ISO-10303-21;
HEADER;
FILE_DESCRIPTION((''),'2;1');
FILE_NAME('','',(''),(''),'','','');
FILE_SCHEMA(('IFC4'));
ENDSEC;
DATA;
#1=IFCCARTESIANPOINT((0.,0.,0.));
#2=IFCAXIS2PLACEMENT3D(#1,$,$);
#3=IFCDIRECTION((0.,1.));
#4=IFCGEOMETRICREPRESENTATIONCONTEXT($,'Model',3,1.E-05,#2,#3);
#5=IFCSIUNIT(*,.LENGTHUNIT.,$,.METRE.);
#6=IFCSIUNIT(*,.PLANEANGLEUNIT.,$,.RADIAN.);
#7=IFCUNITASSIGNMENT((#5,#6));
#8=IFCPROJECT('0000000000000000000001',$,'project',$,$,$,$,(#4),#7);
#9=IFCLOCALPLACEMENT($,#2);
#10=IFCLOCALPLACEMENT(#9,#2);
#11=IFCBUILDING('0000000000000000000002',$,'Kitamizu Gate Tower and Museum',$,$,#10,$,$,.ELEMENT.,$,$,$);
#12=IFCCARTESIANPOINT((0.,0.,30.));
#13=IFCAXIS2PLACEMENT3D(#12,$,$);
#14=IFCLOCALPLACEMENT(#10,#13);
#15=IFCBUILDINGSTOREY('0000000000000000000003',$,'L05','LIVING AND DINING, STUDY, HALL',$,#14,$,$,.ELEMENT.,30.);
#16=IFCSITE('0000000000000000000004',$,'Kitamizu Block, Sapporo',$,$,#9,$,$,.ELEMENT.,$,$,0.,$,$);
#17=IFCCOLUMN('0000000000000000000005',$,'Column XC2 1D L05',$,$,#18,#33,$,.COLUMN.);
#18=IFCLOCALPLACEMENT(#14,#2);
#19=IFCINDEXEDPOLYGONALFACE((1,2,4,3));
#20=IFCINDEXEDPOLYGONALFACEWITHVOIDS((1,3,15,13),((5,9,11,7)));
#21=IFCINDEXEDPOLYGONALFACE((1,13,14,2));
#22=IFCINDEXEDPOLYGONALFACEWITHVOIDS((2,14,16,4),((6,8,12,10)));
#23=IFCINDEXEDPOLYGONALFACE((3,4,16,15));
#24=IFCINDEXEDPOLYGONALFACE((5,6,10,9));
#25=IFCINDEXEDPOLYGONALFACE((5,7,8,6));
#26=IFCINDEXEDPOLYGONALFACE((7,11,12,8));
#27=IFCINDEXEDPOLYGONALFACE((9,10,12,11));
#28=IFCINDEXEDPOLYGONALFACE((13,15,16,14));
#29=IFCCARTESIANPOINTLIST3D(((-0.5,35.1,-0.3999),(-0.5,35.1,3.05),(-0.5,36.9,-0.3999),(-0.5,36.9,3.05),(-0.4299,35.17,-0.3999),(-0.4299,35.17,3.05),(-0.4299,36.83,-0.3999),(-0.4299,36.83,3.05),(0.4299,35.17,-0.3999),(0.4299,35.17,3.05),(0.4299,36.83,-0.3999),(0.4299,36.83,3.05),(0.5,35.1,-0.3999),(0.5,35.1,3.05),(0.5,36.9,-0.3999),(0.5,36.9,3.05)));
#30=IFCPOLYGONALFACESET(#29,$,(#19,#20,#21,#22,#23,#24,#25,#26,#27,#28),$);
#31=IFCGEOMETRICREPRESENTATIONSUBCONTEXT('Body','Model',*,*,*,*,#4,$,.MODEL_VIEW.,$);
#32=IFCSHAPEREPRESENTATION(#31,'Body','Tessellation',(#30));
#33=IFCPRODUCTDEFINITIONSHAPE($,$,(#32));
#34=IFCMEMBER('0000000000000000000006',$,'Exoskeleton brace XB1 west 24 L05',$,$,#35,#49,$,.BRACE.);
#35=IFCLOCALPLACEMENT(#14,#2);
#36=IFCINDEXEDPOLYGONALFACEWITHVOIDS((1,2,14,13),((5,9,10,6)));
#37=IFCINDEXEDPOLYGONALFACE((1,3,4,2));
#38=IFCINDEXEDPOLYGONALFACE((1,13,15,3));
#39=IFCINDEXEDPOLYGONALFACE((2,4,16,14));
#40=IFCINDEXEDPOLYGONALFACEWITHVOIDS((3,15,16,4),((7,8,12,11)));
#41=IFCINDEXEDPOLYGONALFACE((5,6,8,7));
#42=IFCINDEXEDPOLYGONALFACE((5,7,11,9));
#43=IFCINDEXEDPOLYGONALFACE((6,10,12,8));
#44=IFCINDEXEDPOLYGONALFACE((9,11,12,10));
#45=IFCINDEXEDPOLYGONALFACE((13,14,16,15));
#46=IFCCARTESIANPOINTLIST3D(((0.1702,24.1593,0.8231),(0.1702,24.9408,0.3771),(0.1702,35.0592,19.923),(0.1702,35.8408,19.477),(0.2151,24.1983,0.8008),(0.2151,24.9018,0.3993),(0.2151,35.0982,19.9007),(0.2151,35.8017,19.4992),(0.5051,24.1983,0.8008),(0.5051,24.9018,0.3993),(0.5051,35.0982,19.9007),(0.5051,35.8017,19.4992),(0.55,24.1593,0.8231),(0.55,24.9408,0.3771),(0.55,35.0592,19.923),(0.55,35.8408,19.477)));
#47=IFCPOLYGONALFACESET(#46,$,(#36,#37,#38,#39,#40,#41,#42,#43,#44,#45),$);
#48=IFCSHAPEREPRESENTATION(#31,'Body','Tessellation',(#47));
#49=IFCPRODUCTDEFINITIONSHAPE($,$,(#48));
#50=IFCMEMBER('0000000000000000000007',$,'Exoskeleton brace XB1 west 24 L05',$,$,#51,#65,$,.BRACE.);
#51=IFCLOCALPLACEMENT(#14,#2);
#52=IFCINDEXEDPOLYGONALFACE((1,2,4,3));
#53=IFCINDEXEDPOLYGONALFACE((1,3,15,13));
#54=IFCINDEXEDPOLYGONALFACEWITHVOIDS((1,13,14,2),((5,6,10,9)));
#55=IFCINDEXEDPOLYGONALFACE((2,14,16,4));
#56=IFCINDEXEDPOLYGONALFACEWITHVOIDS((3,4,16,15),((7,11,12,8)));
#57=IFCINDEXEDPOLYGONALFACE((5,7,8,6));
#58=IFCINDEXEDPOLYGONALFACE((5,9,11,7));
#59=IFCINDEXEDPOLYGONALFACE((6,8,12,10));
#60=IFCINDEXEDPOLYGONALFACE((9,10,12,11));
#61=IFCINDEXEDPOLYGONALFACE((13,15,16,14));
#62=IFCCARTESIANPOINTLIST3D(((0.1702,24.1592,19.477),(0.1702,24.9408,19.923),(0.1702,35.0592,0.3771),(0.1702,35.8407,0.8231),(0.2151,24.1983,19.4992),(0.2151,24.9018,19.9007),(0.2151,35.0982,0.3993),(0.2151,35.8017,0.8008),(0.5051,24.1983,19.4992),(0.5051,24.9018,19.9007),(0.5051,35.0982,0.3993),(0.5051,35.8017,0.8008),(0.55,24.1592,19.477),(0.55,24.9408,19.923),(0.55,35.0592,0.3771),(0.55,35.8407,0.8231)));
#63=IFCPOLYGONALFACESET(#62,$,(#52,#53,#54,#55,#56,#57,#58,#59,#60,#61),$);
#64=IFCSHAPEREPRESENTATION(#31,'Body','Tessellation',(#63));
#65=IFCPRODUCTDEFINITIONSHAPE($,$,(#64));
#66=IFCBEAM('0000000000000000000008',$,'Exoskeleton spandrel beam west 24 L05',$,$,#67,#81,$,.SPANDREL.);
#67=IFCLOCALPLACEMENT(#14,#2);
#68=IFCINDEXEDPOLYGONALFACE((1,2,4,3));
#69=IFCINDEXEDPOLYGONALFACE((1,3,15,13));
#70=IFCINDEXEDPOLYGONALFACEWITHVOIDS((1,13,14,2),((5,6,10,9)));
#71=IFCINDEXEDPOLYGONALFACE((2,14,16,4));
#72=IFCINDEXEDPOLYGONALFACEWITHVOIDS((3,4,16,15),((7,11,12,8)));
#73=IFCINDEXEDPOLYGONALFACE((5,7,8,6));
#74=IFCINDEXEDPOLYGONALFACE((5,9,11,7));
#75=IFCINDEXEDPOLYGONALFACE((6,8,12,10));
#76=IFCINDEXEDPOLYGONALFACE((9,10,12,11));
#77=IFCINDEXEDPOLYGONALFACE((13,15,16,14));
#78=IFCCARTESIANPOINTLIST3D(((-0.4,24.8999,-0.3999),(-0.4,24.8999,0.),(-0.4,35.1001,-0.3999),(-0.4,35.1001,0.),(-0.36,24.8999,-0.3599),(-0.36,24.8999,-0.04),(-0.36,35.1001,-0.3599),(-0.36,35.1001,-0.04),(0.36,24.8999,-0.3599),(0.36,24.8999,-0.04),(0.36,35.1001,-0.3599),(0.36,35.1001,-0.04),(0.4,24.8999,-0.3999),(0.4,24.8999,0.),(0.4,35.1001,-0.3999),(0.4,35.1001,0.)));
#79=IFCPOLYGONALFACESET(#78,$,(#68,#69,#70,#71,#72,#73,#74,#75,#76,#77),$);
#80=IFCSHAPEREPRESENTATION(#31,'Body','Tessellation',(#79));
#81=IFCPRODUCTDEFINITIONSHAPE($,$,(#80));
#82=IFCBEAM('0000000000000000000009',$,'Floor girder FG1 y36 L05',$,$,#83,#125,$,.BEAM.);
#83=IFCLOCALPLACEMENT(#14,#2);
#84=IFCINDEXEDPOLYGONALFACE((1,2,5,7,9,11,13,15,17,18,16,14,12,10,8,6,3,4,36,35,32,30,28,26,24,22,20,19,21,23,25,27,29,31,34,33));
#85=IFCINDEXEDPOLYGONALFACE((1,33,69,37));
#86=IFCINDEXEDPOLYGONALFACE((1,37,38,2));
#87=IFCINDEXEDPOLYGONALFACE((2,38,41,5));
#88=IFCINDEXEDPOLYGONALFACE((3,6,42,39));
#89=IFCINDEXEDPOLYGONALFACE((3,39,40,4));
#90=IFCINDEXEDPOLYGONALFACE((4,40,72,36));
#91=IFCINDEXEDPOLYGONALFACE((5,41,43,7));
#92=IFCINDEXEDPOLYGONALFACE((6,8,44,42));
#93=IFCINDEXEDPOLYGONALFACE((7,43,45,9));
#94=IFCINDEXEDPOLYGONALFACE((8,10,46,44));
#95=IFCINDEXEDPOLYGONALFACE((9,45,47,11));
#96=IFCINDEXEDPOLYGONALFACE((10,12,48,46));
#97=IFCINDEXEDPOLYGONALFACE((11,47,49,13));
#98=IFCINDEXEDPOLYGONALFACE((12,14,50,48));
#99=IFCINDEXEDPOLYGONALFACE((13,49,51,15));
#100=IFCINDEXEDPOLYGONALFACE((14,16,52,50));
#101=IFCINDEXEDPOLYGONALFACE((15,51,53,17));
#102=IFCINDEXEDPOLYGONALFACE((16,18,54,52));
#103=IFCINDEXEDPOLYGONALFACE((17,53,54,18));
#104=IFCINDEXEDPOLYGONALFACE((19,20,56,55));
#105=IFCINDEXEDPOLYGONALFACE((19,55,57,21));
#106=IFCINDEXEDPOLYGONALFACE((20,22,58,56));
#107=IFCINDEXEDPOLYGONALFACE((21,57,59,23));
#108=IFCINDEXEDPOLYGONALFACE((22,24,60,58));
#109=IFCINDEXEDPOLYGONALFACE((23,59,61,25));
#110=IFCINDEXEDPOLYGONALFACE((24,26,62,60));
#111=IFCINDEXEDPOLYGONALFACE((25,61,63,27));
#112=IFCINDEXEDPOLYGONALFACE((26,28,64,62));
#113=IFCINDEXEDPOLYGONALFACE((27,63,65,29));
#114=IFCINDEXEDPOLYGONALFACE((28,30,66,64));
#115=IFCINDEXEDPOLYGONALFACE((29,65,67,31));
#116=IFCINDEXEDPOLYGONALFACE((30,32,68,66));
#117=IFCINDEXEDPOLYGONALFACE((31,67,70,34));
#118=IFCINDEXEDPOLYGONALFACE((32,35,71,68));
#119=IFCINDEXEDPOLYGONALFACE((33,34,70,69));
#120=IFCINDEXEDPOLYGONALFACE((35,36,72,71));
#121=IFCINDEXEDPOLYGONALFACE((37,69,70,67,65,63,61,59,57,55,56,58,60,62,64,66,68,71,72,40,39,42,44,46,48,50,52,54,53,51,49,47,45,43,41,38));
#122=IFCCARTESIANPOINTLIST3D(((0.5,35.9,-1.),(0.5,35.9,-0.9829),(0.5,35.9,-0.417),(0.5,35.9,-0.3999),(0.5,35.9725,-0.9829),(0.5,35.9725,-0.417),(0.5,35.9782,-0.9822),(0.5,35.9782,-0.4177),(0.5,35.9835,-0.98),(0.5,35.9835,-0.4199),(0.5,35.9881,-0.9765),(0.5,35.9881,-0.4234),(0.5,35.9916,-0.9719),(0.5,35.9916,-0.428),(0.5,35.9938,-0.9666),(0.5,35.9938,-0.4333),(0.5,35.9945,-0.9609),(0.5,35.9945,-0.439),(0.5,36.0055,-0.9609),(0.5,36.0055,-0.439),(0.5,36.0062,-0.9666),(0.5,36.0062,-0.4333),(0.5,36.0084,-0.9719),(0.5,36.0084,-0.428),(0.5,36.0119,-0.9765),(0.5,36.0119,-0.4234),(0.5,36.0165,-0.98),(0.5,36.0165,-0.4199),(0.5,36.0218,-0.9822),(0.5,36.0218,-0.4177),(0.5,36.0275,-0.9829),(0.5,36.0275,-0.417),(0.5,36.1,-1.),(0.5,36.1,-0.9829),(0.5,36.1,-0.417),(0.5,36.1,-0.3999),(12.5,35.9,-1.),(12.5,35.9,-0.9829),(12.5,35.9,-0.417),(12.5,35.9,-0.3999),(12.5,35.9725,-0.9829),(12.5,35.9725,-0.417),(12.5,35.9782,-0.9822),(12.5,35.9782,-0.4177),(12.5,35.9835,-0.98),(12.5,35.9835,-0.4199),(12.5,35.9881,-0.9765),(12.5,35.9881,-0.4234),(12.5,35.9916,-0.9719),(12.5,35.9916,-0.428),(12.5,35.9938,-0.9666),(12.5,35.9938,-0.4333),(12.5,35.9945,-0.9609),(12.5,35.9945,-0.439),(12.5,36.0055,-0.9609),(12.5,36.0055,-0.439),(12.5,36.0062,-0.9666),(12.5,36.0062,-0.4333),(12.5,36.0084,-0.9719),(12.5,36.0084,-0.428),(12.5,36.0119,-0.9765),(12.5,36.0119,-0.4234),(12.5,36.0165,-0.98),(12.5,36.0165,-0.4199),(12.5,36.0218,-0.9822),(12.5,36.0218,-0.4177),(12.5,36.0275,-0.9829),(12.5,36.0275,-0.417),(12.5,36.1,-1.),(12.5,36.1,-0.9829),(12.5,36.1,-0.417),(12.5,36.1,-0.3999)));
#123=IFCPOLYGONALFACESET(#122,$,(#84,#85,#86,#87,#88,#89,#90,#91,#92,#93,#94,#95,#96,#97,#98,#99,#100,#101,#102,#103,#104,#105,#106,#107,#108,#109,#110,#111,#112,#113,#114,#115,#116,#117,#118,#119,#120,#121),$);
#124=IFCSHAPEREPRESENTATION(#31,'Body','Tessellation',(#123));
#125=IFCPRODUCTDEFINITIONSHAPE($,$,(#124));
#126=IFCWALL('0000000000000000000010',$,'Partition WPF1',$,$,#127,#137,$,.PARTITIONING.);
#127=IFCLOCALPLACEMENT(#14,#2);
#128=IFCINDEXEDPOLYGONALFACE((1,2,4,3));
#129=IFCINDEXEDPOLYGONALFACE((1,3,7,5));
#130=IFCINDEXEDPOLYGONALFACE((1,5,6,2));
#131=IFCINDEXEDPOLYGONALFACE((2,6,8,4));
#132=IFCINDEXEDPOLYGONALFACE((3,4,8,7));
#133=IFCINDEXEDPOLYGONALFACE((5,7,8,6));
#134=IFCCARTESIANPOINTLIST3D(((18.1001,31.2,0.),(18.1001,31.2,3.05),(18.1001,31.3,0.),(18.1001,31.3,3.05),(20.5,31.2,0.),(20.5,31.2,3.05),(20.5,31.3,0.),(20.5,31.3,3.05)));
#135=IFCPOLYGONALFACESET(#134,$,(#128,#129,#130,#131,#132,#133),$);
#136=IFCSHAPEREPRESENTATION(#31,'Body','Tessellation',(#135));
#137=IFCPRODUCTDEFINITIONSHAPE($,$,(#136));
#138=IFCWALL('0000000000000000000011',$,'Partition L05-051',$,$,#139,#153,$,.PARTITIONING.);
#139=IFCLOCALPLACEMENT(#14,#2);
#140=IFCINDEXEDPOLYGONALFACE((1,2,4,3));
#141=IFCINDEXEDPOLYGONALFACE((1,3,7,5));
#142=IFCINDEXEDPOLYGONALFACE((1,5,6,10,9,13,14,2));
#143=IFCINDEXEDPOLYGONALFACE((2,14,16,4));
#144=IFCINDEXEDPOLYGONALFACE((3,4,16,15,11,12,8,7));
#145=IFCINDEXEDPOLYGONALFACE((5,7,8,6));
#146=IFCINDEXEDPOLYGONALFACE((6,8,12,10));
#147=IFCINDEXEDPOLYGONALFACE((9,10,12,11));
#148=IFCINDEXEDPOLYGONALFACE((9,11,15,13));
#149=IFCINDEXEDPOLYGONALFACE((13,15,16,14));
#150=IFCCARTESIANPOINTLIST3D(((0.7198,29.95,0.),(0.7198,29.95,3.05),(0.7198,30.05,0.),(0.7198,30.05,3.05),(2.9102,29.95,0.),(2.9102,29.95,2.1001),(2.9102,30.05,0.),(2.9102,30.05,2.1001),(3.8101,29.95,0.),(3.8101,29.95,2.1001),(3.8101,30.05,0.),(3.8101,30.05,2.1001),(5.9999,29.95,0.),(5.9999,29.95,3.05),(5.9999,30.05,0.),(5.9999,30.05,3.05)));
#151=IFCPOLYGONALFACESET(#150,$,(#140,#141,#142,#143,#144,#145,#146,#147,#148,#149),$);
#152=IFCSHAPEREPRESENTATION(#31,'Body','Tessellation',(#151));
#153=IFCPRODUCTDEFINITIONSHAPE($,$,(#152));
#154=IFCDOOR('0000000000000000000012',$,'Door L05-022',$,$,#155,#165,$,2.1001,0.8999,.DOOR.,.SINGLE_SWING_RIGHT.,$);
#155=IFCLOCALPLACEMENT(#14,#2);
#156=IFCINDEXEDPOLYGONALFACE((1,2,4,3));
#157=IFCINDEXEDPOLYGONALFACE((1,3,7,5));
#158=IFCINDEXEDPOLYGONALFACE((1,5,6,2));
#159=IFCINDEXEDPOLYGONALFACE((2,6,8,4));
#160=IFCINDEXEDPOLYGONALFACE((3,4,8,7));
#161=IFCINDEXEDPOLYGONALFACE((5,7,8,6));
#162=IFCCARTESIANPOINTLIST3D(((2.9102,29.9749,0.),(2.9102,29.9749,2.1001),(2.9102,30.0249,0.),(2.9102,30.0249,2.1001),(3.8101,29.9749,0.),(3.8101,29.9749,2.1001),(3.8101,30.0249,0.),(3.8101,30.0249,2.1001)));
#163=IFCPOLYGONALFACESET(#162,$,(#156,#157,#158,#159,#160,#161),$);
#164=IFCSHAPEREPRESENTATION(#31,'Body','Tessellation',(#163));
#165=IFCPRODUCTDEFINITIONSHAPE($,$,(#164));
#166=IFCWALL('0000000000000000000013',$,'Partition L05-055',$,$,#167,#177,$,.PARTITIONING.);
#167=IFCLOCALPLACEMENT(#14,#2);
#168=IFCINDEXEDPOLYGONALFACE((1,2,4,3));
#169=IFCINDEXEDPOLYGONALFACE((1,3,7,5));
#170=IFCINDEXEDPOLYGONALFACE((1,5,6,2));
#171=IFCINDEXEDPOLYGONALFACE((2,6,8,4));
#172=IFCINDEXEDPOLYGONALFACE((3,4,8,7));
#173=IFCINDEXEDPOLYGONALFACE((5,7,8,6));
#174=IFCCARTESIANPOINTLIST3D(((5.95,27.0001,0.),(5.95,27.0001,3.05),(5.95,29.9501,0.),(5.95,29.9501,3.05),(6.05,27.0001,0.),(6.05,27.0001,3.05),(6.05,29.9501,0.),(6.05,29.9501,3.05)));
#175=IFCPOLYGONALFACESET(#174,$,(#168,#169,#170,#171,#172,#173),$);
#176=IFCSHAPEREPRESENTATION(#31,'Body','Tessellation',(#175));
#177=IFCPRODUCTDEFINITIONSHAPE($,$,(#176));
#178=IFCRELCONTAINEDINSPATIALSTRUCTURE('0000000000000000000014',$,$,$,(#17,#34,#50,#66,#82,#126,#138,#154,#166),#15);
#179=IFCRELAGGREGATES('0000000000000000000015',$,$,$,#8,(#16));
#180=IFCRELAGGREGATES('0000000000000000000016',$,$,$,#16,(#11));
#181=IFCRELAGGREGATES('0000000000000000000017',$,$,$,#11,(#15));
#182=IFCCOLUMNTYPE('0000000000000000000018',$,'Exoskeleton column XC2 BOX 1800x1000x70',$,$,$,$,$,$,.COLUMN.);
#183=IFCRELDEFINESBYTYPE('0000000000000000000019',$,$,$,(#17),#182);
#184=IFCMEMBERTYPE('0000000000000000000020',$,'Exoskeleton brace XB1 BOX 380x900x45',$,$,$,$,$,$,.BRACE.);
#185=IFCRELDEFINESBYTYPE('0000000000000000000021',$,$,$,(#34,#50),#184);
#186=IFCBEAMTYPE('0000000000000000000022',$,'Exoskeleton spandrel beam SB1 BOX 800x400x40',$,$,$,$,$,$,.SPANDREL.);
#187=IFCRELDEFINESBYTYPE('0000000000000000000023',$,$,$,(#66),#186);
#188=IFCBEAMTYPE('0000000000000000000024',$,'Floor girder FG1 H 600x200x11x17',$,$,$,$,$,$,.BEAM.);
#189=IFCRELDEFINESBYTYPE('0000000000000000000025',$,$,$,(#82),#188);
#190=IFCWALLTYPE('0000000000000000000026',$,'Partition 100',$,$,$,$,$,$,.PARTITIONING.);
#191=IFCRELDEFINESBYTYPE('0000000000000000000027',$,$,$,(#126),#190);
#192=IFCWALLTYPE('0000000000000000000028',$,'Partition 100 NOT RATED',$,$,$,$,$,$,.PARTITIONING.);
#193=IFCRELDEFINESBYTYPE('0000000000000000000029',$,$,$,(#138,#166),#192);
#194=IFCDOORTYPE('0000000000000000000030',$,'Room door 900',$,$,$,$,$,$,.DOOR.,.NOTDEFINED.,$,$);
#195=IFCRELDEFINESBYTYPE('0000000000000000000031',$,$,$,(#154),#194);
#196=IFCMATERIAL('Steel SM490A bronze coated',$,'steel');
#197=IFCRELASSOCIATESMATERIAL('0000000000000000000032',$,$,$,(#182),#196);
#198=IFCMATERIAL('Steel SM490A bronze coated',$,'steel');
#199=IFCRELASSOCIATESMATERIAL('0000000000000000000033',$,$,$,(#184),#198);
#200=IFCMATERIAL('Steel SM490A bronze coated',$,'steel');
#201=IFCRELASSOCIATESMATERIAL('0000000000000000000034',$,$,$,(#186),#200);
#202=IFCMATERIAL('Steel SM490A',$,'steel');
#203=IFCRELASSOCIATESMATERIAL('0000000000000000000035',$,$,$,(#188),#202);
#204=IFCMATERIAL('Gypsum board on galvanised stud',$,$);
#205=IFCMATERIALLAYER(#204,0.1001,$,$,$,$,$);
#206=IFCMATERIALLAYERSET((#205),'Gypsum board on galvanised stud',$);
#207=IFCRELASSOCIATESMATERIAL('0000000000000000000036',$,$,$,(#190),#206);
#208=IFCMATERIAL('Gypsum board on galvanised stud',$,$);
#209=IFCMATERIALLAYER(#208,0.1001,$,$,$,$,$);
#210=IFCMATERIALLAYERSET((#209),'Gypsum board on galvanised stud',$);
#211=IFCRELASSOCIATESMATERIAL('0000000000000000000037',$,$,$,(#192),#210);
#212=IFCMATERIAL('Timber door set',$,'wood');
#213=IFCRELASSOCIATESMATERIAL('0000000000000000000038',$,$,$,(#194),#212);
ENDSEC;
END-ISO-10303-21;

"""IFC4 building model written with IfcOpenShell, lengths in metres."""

from ifc_helpers import new_model, si_unit, direction, frame, frame_2d, origin, origin_2d, place, context, subcontext, project, spatial, rectangle, hollow_rectangle, i_section, extrude, material, layer, layer_set, material_profile, profile_set, type_object, element, fill, save


model = new_model("IFC4")

# Units and contexts
model_context = context("Model", 3, precision=1e-05, world=origin(), true_north=direction((0.0, 1.0)))
body_context = subcontext(model_context, "Body", "Model", "MODEL_VIEW")
ifc_project = project(units=[si_unit("LENGTHUNIT", "METRE"), si_unit("PLANEANGLEUNIT", "RADIAN")], contexts=[model_context])

# Site, building, storey
site_placement = place(None, origin())
site = spatial("IfcSite", under=ifc_project, at=site_placement, Name="Kitamizu Block, Sapporo", CompositionType="ELEMENT", RefElevation=0.0)
building_placement = place(site_placement, origin())
building = spatial("IfcBuilding", under=site, at=building_placement, Name="Kitamizu Gate Tower and Museum", CompositionType="ELEMENT")
storey_placement = place(building_placement, frame((0.0, 0.0, 30.0)))
storey = spatial("IfcBuildingStorey", under=building, at=storey_placement, Name="L05", Description="LIVING AND DINING, STUDY, HALL", CompositionType="ELEMENT", Elevation=30.0)

# Column
ifc_material_1 = material(Name="Steel SM490A bronze coated", Category="steel")
ifc_material_profile_1 = material_profile(ifc_material_1, hollow_rectangle(XDim=1.8, YDim=1.0, WallThickness=0.0701, at=origin_2d()), Name="BOX 1800x1000x70")
ifc_profile_set_1 = profile_set([ifc_material_profile_1], Name="Steel SM490A bronze coated")
column_type = type_object("IfcColumnType", Name="Exoskeleton column XC2 BOX 1800x1000x70", PredefinedType="COLUMN", material=ifc_profile_set_1)
column_placement = place(storey_placement, frame((0.0, 36.0, -0.3999), z_axis=(0.0, 0.0, 1.0), x_axis=(0.0, 1.0, 0.0)))
element("IfcColumn", 1, at=column_placement, inside=storey, type_object=column_type, Name="Column XC2 1D L05", PredefinedType="COLUMN", context=body_context, shape_type="SweptSolid", body=[
    extrude(hollow_rectangle(XDim=1.8, YDim=1.0, WallThickness=0.0701, at=origin_2d()), origin(), (0.0, 0.0, 1.0), 3.45),
])

# Members
ifc_material_2 = material(Name="Steel SM490A bronze coated", Category="steel")
ifc_material_profile_2 = material_profile(ifc_material_2, hollow_rectangle(XDim=0.3799, YDim=0.8999, WallThickness=0.0449, at=origin_2d()), Name="BOX 380x900x45")
ifc_profile_set_2 = profile_set([ifc_material_profile_2], Name="Steel SM490A bronze coated")
member_type = type_object("IfcMemberType", Name="Exoskeleton brace XB1 BOX 380x900x45", PredefinedType="BRACE", material=ifc_profile_set_2)
for number, where, z_axis, x_axis, name in (
    (2, (0.3601, 24.55, 0.6001), (0.0, 0.495649, 0.868523), (-1.0, 0.0, 0.0), "Exoskeleton brace XB1 west 24 L05"),
    (3, (0.3601, 35.45, 0.6001), (0.0, -0.495649, 0.868523), (1.0, 0.0, 0.0), "Exoskeleton brace XB1 west 24 L05"),
):
    element("IfcMember", number, at=place(storey_placement, frame(where, z_axis=z_axis, x_axis=x_axis)), inside=storey, type_object=member_type, Name=name, PredefinedType="BRACE", context=body_context, shape_type="SweptSolid", body=[
        extrude(hollow_rectangle(XDim=0.3799, YDim=0.8999, WallThickness=0.0449, at=origin_2d()), origin(), (0.0, 0.0, 1.0), 21.9912),
    ])

# Beams
ifc_material_3 = material(Name="Steel SM490A bronze coated", Category="steel")
ifc_material_profile_3 = material_profile(ifc_material_3, hollow_rectangle(XDim=0.8, YDim=0.3999, WallThickness=0.04, at=origin_2d()), Name="BOX 800x400x40")
ifc_profile_set_3 = profile_set([ifc_material_profile_3], Name="Steel SM490A bronze coated")
beam_type_1 = type_object("IfcBeamType", Name="Exoskeleton spandrel beam SB1 BOX 800x400x40", PredefinedType="SPANDREL", material=ifc_profile_set_3)
beam_1_placement = place(storey_placement, frame((0.0, 24.8999, -0.2), z_axis=(0.0, 1.0, 0.0), x_axis=(-1.0, 0.0, 0.0)))
element("IfcBeam", 4, at=beam_1_placement, inside=storey, type_object=beam_type_1, Name="Exoskeleton spandrel beam west 24 L05", PredefinedType="SPANDREL", context=body_context, shape_type="SweptSolid", body=[
    extrude(hollow_rectangle(XDim=0.8, YDim=0.3999, WallThickness=0.04, at=origin_2d()), origin(), (0.0, 0.0, 1.0), 10.2002),
])
ifc_material_4 = material(Name="Steel SM490A", Category="steel")
ifc_material_profile_4 = material_profile(ifc_material_4, i_section(OverallWidth=0.2, OverallDepth=0.6001, WebThickness=0.011, FlangeThickness=0.0171, FilletRadius=0.022, at=origin_2d()), Name="H-600x200x11x17")
ifc_profile_set_4 = profile_set([ifc_material_profile_4], Name="Steel SM490A")
beam_type_2 = type_object("IfcBeamType", Name="Floor girder FG1 H 600x200x11x17", PredefinedType="BEAM", material=ifc_profile_set_4)
beam_2_placement = place(storey_placement, frame((0.5, 36.0, -0.7), z_axis=(1.0, 0.0, 0.0), x_axis=(0.0, 1.0, 0.0)))
element("IfcBeam", 5, at=beam_2_placement, inside=storey, type_object=beam_type_2, Name="Floor girder FG1 y36 L05", PredefinedType="BEAM", context=body_context, shape_type="SweptSolid", body=[
    extrude(i_section(OverallWidth=0.2, OverallDepth=0.6001, WebThickness=0.011, FlangeThickness=0.0171, FilletRadius=0.022, at=origin_2d()), origin(), (0.0, 0.0, 1.0), 12.0),
])

# Wall
ifc_material_5 = material(Name="Gypsum board on galvanised stud")
ifc_layer_1 = layer(ifc_material_5, 0.1001)
ifc_layer_set_1 = layer_set([ifc_layer_1], Name="Gypsum board on galvanised stud")
wall_type_1 = type_object("IfcWallType", Name="Partition 100", PredefinedType="PARTITIONING", material=ifc_layer_set_1)
wall_1_placement = place(storey_placement, frame((18.1001, 31.25, 0.0), z_axis=(0.0, 0.0, 1.0), x_axis=(1.0, 0.0, 0.0)))
element("IfcWall", 6, at=wall_1_placement, inside=storey, type_object=wall_type_1, Name="Partition WPF1", PredefinedType="PARTITIONING", context=body_context, shape_type="SweptSolid", body=[
    extrude(rectangle(XDim=2.3999, YDim=0.1001, at=frame_2d((1.2, 0.0))), origin(), (0.0, 0.0, 1.0), 3.05),
])

# Wall, opening, door
ifc_material_6 = material(Name="Gypsum board on galvanised stud")
ifc_layer_2 = layer(ifc_material_6, 0.1001)
ifc_layer_set_2 = layer_set([ifc_layer_2], Name="Gypsum board on galvanised stud")
wall_type_2 = type_object("IfcWallType", Name="Partition 100 NOT RATED", PredefinedType="PARTITIONING", material=ifc_layer_set_2)
wall_2_placement = place(storey_placement, frame((6.0, 30.0, 0.0), z_axis=(0.0, 0.0, 1.0), x_axis=(-1.0, 0.0, 0.0)))
wall_2 = element("IfcWall", 7, at=wall_2_placement, inside=storey, type_object=wall_type_2, Name="Partition L05-051", PredefinedType="PARTITIONING", context=body_context, shape_type="SweptSolid", body=[
    extrude(rectangle(XDim=5.28, YDim=0.1001, at=frame_2d((2.6401, 0.0))), origin(), (0.0, 0.0, 1.0), 3.05),
])
opening_1_placement = place(wall_2_placement, frame((2.1899, 0.0, 0.0)))
opening_1 = element("IfcOpeningElement", 8, at=opening_1_placement, cuts=wall_2, PredefinedType="OPENING", context=body_context, shape_type="SweptSolid", body=[
    extrude(rectangle(XDim=0.8999, YDim=2.1001, at=frame_2d((0.45, 1.05))), frame((0.0, 0.0601, 0.0), z_axis=(0.0, -1.0, 0.0), x_axis=(1.0, 0.0, 0.0)), (0.0, 0.0, 1.0), 0.1201),
])
ifc_material_7 = material(Name="Timber door set", Category="wood")
door_type_1 = type_object("IfcDoorType", Name="Room door 900", OperationType="NOTDEFINED", PredefinedType="DOOR", material=ifc_material_7)
door_1_placement = place(opening_1_placement, frame((0.8999, 0.0, 0.0), x_axis=(-1.0, 0.0, 0.0)))
door_1 = element("IfcDoor", 9, at=door_1_placement, inside=storey, type_object=door_type_1, Name="Door L05-022", OperationType="SINGLE_SWING_RIGHT", OverallHeight=2.1001, OverallWidth=0.8999, PredefinedType="DOOR", context=body_context, shape_type="SweptSolid", body=[
    extrude(rectangle(XDim=0.8999, YDim=2.1001, at=frame_2d((0.45, 1.05))), frame((0.0, 0.0249, 0.0), z_axis=(0.0, -1.0, 0.0), x_axis=(1.0, 0.0, 0.0)), (0.0, 0.0, 1.0), 0.05),
])
fill(opening_1, door_1)

# Wall
wall_3_placement = place(storey_placement, frame((6.0, 27.0, 0.0), z_axis=(0.0, 0.0, 1.0), x_axis=(0.0, 1.0, 0.0)))
element("IfcWall", 10, at=wall_3_placement, inside=storey, type_object=wall_type_2, Name="Partition L05-055", PredefinedType="PARTITIONING", context=body_context, shape_type="SweptSolid", body=[
    extrude(rectangle(XDim=2.95, YDim=0.1001, at=frame_2d((1.4751, 0.0))), origin(), (0.0, 0.0, 1.0), 3.05),
])

save(model, "model.ifc")
